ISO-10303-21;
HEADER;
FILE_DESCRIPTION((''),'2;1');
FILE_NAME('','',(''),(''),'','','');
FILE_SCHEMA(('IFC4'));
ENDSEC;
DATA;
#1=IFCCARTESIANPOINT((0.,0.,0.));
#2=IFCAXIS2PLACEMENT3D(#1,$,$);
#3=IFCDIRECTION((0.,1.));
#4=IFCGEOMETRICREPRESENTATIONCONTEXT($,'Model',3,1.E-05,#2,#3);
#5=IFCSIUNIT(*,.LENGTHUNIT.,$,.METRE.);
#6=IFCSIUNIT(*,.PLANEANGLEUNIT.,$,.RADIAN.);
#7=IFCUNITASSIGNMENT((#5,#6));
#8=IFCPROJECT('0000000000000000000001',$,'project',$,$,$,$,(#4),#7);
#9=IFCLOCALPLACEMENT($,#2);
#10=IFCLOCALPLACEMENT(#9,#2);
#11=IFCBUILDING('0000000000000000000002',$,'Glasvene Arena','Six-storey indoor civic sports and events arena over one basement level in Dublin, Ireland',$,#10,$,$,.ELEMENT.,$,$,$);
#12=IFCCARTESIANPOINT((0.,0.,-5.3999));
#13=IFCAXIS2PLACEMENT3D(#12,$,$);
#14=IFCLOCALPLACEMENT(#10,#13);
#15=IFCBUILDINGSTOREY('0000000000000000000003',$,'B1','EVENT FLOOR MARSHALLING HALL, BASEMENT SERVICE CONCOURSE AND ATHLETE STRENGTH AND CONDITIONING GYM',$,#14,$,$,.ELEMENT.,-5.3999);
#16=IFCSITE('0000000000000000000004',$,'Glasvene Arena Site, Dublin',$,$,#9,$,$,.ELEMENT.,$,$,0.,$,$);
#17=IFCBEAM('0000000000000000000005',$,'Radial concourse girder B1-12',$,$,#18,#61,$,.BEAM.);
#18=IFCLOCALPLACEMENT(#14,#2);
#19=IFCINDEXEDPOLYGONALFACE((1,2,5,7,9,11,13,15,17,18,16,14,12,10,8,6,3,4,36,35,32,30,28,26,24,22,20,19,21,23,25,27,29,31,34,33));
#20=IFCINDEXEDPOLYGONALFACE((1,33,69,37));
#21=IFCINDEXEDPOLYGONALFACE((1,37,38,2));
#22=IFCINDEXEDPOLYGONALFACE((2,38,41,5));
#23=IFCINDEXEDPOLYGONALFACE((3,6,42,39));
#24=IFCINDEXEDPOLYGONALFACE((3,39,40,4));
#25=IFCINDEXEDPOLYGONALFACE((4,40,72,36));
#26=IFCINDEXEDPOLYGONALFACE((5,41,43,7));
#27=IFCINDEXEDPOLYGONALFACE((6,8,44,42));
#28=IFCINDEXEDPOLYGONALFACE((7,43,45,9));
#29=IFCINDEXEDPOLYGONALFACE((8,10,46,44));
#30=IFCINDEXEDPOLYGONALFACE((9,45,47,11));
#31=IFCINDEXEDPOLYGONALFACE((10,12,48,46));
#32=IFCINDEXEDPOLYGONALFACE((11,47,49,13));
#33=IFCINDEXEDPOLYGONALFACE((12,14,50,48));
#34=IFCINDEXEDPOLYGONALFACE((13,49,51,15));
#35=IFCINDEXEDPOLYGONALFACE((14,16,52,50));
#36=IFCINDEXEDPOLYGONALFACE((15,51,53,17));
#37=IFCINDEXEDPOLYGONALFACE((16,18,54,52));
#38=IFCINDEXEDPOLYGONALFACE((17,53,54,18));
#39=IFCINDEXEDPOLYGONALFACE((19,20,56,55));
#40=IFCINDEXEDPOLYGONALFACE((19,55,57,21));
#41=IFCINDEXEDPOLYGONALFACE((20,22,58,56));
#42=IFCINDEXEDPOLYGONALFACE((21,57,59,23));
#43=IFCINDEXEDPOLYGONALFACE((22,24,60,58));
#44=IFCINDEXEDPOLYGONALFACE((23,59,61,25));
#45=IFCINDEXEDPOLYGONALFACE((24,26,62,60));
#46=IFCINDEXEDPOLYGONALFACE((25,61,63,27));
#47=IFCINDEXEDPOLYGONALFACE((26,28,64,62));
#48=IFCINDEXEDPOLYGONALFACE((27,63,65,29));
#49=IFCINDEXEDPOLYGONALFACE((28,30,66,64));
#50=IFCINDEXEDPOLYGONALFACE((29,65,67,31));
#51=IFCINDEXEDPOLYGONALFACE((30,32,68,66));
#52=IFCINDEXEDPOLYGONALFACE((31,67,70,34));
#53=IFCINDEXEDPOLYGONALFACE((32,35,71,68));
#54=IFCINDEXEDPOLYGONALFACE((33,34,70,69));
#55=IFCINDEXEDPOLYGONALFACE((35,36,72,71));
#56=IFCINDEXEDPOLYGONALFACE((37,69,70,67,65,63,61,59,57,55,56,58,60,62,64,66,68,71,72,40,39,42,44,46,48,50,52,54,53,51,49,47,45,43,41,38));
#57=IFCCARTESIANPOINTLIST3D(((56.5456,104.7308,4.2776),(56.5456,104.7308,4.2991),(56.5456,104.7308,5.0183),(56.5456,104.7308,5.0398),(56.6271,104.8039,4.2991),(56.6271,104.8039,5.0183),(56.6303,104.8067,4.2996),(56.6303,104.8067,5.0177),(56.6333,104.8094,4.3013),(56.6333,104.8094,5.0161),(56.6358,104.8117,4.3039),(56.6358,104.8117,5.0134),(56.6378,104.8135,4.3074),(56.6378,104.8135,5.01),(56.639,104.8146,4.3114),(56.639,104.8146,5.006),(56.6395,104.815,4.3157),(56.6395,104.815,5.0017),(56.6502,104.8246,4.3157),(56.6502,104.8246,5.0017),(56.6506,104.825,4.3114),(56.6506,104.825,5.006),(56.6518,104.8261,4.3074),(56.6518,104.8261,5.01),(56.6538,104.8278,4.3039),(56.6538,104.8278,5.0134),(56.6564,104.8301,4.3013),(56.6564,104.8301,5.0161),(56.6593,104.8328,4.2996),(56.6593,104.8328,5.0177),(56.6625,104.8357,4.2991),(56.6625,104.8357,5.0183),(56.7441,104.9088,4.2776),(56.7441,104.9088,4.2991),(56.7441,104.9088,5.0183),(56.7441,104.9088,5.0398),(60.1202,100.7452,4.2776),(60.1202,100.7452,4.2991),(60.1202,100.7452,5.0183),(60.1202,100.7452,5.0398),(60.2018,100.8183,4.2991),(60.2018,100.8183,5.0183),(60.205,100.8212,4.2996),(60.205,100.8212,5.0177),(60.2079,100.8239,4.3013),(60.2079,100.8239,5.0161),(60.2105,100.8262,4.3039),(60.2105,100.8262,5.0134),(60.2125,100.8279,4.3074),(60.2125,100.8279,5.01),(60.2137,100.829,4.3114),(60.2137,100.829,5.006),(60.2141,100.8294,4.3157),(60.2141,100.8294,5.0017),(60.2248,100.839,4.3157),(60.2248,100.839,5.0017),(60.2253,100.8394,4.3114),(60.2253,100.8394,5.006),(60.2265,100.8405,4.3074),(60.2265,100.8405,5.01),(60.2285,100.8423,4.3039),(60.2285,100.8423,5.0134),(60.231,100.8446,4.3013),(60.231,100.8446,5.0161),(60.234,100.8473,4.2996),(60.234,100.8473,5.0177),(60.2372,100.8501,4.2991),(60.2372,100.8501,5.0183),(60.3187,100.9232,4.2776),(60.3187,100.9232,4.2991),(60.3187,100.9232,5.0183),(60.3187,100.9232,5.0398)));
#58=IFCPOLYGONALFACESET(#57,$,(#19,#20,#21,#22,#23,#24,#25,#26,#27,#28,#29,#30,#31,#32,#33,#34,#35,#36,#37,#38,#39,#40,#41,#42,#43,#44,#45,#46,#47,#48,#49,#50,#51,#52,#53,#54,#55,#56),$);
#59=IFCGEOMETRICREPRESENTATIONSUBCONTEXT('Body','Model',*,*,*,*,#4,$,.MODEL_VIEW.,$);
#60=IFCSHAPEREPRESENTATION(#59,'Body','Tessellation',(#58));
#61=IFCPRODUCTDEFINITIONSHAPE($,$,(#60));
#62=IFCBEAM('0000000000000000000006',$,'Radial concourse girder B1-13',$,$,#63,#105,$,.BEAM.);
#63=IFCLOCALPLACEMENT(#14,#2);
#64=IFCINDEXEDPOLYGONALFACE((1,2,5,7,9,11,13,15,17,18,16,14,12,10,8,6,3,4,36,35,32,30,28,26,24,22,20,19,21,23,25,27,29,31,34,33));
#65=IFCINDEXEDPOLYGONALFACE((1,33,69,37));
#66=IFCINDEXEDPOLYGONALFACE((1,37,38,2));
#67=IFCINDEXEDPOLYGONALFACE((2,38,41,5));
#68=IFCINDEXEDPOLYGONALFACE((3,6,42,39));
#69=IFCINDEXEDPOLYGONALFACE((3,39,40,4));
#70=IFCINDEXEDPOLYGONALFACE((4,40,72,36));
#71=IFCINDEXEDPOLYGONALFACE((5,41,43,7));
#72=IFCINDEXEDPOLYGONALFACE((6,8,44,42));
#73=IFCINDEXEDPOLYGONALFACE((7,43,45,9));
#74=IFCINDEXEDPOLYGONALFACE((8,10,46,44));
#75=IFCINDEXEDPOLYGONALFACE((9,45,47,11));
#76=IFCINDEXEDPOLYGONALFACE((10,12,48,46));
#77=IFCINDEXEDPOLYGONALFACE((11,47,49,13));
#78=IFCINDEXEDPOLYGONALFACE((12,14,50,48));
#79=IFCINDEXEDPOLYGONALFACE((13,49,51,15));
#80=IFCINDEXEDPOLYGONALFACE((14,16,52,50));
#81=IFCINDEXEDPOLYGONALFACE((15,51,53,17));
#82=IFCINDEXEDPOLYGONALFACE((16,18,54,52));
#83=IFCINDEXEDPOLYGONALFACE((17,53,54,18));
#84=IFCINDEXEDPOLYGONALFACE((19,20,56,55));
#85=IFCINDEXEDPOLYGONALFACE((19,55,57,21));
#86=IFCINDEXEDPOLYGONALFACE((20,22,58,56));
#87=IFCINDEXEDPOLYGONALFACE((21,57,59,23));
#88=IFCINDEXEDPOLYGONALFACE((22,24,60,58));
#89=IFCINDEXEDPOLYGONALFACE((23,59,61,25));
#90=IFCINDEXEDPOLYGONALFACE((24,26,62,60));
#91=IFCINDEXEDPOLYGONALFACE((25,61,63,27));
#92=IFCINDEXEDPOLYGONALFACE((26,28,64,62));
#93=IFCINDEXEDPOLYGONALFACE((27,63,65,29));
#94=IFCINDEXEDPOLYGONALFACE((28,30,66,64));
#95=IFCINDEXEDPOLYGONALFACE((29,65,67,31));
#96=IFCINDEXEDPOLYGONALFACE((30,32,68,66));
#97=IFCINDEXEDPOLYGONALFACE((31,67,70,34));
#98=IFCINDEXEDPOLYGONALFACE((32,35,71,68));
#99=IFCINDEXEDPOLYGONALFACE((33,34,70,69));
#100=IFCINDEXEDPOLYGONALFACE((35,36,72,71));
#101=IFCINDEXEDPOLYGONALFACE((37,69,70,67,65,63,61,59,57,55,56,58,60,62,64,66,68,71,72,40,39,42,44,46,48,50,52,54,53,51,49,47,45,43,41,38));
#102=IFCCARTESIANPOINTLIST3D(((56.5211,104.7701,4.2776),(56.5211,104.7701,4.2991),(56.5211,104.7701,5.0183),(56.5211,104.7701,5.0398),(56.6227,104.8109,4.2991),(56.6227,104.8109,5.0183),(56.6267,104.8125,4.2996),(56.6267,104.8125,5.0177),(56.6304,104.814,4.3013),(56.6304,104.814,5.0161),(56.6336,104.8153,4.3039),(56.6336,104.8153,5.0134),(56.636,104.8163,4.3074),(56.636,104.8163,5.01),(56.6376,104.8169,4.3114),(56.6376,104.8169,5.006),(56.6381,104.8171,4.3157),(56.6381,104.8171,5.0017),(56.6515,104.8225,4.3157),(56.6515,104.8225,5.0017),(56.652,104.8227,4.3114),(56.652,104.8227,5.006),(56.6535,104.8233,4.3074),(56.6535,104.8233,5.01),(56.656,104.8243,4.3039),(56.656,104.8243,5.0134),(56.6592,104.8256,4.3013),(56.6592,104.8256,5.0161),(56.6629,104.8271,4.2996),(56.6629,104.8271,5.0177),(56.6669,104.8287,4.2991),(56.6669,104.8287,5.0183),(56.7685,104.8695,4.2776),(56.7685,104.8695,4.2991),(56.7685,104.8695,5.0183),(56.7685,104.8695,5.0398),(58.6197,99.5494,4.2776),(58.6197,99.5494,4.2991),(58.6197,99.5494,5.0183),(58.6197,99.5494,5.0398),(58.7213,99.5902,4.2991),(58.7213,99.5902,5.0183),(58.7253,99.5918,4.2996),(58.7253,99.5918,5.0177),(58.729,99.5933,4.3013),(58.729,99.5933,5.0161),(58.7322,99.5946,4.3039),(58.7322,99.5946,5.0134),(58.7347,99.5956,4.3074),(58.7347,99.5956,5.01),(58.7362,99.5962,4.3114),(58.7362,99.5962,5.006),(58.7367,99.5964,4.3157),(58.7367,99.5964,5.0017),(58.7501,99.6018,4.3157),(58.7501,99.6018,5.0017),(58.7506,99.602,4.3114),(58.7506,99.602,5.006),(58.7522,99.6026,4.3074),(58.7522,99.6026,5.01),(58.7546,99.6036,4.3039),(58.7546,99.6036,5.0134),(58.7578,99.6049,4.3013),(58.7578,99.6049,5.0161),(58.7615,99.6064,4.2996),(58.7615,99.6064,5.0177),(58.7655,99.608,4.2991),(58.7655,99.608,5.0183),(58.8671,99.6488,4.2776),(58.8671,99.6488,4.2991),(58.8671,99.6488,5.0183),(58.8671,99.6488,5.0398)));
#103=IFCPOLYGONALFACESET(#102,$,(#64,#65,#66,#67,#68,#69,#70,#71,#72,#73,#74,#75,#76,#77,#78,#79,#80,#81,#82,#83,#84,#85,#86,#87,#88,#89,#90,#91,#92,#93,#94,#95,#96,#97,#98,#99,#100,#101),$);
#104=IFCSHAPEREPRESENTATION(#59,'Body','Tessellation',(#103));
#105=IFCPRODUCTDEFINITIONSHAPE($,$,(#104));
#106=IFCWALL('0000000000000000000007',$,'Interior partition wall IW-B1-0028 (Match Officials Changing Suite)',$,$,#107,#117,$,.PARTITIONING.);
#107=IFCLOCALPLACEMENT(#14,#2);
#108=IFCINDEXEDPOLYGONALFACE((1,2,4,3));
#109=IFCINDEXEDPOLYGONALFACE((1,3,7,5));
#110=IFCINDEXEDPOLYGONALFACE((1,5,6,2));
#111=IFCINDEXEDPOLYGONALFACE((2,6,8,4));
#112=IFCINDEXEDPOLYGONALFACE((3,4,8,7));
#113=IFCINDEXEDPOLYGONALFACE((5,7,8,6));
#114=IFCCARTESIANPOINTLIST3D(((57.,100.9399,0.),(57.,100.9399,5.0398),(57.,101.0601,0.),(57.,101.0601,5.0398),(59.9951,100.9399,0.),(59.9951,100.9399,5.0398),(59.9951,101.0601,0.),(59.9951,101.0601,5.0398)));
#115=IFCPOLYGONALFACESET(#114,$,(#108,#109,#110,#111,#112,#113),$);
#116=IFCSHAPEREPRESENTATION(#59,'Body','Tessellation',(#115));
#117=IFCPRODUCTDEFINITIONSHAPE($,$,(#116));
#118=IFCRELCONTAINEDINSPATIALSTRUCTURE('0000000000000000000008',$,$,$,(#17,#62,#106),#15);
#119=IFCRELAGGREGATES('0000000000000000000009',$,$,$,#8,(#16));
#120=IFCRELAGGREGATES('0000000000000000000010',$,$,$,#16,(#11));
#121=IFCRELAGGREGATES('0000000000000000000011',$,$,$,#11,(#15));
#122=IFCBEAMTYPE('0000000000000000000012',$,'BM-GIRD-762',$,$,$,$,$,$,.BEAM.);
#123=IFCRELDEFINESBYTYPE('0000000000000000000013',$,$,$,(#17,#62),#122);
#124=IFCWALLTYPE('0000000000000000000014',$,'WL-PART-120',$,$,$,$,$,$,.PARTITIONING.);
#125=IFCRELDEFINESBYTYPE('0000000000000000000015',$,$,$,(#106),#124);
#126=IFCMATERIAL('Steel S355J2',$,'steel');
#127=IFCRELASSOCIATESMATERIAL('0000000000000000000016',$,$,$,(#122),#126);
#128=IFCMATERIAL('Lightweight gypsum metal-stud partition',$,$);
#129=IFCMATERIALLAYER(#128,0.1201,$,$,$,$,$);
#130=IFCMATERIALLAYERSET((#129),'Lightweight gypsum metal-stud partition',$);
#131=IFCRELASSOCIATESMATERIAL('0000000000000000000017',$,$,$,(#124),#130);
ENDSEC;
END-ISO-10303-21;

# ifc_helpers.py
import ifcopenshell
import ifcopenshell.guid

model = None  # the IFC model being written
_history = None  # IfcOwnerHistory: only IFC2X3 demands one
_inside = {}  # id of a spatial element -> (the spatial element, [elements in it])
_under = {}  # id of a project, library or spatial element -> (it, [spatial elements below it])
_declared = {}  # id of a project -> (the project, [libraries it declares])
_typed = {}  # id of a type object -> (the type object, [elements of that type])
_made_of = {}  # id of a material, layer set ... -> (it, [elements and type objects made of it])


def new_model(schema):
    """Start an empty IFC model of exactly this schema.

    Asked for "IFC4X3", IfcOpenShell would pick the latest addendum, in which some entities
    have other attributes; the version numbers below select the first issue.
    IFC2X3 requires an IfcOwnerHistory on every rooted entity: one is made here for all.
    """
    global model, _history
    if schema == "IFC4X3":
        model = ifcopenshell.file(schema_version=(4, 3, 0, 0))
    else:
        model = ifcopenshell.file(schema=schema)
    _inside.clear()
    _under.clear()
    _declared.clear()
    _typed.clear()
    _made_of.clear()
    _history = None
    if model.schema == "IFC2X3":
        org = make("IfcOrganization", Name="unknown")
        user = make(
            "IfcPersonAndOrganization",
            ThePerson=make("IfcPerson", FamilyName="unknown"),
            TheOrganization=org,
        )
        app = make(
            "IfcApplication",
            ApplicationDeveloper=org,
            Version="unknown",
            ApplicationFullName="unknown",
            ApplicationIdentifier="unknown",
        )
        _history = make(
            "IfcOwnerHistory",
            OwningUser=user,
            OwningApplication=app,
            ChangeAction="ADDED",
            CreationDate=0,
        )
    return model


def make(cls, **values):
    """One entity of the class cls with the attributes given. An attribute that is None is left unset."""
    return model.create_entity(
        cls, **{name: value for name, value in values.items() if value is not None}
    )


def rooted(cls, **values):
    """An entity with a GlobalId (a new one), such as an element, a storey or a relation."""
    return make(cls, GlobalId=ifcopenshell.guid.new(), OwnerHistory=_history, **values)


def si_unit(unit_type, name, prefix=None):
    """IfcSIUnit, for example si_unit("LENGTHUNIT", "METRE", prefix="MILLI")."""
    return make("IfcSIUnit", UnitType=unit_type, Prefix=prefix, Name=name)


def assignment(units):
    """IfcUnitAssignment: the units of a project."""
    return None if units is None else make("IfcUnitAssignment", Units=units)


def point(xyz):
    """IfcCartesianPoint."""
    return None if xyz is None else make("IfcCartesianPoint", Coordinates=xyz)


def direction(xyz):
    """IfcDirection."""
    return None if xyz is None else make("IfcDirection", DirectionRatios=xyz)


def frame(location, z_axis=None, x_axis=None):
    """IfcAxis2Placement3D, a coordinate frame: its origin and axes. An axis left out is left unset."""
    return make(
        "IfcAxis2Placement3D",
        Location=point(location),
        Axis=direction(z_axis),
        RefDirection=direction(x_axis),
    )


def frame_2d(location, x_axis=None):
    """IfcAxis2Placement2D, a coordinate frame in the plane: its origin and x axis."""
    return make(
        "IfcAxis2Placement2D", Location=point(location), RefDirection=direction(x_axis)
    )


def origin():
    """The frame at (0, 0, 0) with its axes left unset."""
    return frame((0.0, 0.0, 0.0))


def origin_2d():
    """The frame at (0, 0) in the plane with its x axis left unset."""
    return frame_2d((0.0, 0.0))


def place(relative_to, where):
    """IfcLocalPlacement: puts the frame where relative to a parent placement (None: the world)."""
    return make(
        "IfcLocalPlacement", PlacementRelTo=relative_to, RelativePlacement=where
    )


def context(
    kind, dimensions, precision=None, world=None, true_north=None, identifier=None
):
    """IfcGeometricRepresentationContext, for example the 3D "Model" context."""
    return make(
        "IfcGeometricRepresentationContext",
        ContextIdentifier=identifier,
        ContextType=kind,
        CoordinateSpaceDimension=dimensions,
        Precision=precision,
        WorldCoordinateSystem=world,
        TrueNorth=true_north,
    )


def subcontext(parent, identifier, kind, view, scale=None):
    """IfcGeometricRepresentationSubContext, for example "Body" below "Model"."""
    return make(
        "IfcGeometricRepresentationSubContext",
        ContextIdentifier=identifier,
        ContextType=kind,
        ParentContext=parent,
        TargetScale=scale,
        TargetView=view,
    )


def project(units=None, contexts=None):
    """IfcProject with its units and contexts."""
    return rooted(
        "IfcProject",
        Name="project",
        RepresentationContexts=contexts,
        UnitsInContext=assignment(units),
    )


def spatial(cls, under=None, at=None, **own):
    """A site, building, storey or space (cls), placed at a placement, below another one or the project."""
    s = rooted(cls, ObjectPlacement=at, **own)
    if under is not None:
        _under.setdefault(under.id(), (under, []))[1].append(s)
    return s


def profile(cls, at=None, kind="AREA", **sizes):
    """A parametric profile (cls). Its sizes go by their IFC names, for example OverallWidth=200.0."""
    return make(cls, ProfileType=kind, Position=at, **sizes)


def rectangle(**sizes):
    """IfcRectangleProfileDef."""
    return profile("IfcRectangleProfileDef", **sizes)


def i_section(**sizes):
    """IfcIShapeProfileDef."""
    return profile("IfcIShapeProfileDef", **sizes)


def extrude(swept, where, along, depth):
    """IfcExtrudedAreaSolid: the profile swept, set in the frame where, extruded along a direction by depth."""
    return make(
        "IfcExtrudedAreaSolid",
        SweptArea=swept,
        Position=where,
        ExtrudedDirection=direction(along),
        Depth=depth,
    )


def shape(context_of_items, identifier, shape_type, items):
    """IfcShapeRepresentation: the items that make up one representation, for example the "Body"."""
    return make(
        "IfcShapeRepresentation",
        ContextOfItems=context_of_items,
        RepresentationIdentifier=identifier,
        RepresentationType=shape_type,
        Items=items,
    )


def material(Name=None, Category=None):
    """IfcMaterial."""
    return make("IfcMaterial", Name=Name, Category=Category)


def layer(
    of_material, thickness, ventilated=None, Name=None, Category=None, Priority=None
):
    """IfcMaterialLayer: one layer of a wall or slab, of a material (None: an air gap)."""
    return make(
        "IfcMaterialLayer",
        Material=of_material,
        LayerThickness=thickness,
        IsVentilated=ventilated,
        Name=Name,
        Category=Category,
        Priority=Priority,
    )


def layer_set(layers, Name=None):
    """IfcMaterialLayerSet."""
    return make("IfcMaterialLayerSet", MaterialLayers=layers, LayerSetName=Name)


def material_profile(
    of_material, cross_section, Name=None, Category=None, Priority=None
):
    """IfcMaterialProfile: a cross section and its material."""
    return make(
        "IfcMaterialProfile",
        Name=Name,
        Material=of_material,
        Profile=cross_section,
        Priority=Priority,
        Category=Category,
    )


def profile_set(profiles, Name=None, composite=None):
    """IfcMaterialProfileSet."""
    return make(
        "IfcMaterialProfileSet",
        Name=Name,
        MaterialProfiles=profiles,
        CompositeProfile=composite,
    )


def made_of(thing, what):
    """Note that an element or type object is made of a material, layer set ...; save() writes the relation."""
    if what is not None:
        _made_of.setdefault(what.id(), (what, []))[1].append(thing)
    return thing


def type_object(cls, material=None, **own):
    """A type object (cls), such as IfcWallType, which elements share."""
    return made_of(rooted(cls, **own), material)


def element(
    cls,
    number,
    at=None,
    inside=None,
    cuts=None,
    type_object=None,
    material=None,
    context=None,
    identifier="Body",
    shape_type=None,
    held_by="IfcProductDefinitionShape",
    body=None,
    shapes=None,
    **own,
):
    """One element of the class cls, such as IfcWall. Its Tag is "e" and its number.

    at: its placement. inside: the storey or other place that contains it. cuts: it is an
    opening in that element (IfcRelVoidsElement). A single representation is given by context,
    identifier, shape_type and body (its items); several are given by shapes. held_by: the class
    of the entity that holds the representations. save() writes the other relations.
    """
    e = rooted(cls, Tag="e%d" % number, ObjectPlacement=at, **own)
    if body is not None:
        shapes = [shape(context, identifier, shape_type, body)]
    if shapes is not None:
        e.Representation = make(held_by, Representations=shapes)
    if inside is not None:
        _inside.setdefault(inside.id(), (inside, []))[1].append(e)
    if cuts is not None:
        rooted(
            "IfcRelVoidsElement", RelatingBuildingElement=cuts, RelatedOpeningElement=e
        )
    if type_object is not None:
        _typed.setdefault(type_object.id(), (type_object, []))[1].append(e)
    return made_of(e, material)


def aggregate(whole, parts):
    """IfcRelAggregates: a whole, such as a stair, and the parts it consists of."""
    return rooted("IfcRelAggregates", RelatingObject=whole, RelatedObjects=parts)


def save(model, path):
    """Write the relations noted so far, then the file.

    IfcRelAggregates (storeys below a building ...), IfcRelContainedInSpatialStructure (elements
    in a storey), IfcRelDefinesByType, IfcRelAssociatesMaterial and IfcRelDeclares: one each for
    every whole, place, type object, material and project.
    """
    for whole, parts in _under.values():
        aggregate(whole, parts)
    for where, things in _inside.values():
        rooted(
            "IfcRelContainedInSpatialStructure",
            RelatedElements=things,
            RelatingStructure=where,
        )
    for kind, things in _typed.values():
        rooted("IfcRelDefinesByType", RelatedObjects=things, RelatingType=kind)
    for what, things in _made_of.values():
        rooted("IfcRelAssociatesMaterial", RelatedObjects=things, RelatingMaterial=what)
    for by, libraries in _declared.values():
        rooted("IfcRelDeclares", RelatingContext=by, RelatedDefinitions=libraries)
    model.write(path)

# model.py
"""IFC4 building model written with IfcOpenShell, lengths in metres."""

from ifc_helpers import new_model, si_unit, direction, frame, frame_2d, origin, origin_2d, place, context, subcontext, project, spatial, rectangle, i_section, extrude, material, layer, layer_set, material_profile, profile_set, type_object, element, save


model = new_model("IFC4")

# Units and contexts
model_context = context("Model", 3, precision=1e-05, world=origin(), true_north=direction((0.0, 1.0)))
body_context = subcontext(model_context, "Body", "Model", "MODEL_VIEW")
ifc_project = project(units=[si_unit("LENGTHUNIT", "METRE"), si_unit("PLANEANGLEUNIT", "RADIAN")], contexts=[model_context])

# Site, building, storey
site_placement = place(None, origin())
site = spatial("IfcSite", under=ifc_project, at=site_placement, Name="Glasvene Arena Site, Dublin", CompositionType="ELEMENT", RefElevation=0.0)
building_placement = place(site_placement, origin())
building = spatial("IfcBuilding", under=site, at=building_placement, Name="Glasvene Arena", Description="Six-storey indoor civic sports and events arena over one basement level in Dublin, Ireland", CompositionType="ELEMENT")
storey_placement = place(building_placement, frame((0.0, 0.0, -5.3999)))
storey = spatial("IfcBuildingStorey", under=building, at=storey_placement, Name="B1", Description="EVENT FLOOR MARSHALLING HALL, BASEMENT SERVICE CONCOURSE AND ATHLETE STRENGTH AND CONDITIONING GYM", CompositionType="ELEMENT", Elevation=-5.3999)

# Shared definitions
ifc_material_1 = material(Name="Steel S355J2", Category="steel")

# Beams
ifc_material_profile_1 = material_profile(ifc_material_1, i_section(OverallWidth=0.2666, OverallDepth=0.7622, WebThickness=0.0144, FlangeThickness=0.0215, FilletRadius=0.0166, at=origin_2d()), Name="UKB 762x267x173")
ifc_profile_set_1 = profile_set([ifc_material_profile_1], Name="Steel S355J2")
beam_type_1 = type_object("IfcBeamType", Name="BM-GIRD-762", PredefinedType="BEAM", material=ifc_profile_set_1)
beam_1_placement = place(storey_placement, frame((60.2195, 100.8342, 4.6587), z_axis=(-0.667691, 0.744438, 0.0), x_axis=(-0.744438, -0.667691, 0.0)))
element("IfcBeam", 1, at=beam_1_placement, inside=storey, type_object=beam_type_1, Name="Radial concourse girder B1-12", PredefinedType="BEAM", context=body_context, shape_type="SweptSolid", body=[
    extrude(i_section(OverallWidth=0.2666, OverallDepth=0.7622, WebThickness=0.0144, FlangeThickness=0.0215, FilletRadius=0.0166, at=origin_2d()), origin(), (0.0, 0.0, 1.0), 5.3538),
])
beam_2_placement = place(storey_placement, frame((58.7434, 99.5991, 4.6587), z_axis=(-0.372976, 0.927841, 0.0), x_axis=(-0.927841, -0.372976, 0.0)))
element("IfcBeam", 2, at=beam_2_placement, inside=storey, type_object=beam_type_1, Name="Radial concourse girder B1-13", PredefinedType="BEAM", context=body_context, shape_type="SweptSolid", body=[
    extrude(i_section(OverallWidth=0.2666, OverallDepth=0.7622, WebThickness=0.0144, FlangeThickness=0.0215, FilletRadius=0.0166, at=origin_2d()), origin(), (0.0, 0.0, 1.0), 5.6267),
])

# Wall
ifc_material_2 = material(Name="Lightweight gypsum metal-stud partition")
ifc_layer = layer(ifc_material_2, 0.1201)
ifc_layer_set = layer_set([ifc_layer], Name="Lightweight gypsum metal-stud partition")
wall_type = type_object("IfcWallType", Name="WL-PART-120", PredefinedType="PARTITIONING", material=ifc_layer_set)
wall_placement = place(storey_placement, frame((59.9951, 101.0, 0.0), z_axis=(0.0, 0.0, 1.0), x_axis=(-1.0, 0.0, 0.0)))
element("IfcWall", 3, at=wall_placement, inside=storey, type_object=wall_type, Name="Interior partition wall IW-B1-0028 (Match Officials Changing Suite)", PredefinedType="PARTITIONING", context=body_context, shape_type="SweptSolid", body=[
    extrude(rectangle(XDim=2.9951, YDim=0.1201, at=frame_2d((1.4976, 0.0))), origin(), (0.0, 0.0, 1.0), 5.0398),
])

save(model, "model.ifc")
